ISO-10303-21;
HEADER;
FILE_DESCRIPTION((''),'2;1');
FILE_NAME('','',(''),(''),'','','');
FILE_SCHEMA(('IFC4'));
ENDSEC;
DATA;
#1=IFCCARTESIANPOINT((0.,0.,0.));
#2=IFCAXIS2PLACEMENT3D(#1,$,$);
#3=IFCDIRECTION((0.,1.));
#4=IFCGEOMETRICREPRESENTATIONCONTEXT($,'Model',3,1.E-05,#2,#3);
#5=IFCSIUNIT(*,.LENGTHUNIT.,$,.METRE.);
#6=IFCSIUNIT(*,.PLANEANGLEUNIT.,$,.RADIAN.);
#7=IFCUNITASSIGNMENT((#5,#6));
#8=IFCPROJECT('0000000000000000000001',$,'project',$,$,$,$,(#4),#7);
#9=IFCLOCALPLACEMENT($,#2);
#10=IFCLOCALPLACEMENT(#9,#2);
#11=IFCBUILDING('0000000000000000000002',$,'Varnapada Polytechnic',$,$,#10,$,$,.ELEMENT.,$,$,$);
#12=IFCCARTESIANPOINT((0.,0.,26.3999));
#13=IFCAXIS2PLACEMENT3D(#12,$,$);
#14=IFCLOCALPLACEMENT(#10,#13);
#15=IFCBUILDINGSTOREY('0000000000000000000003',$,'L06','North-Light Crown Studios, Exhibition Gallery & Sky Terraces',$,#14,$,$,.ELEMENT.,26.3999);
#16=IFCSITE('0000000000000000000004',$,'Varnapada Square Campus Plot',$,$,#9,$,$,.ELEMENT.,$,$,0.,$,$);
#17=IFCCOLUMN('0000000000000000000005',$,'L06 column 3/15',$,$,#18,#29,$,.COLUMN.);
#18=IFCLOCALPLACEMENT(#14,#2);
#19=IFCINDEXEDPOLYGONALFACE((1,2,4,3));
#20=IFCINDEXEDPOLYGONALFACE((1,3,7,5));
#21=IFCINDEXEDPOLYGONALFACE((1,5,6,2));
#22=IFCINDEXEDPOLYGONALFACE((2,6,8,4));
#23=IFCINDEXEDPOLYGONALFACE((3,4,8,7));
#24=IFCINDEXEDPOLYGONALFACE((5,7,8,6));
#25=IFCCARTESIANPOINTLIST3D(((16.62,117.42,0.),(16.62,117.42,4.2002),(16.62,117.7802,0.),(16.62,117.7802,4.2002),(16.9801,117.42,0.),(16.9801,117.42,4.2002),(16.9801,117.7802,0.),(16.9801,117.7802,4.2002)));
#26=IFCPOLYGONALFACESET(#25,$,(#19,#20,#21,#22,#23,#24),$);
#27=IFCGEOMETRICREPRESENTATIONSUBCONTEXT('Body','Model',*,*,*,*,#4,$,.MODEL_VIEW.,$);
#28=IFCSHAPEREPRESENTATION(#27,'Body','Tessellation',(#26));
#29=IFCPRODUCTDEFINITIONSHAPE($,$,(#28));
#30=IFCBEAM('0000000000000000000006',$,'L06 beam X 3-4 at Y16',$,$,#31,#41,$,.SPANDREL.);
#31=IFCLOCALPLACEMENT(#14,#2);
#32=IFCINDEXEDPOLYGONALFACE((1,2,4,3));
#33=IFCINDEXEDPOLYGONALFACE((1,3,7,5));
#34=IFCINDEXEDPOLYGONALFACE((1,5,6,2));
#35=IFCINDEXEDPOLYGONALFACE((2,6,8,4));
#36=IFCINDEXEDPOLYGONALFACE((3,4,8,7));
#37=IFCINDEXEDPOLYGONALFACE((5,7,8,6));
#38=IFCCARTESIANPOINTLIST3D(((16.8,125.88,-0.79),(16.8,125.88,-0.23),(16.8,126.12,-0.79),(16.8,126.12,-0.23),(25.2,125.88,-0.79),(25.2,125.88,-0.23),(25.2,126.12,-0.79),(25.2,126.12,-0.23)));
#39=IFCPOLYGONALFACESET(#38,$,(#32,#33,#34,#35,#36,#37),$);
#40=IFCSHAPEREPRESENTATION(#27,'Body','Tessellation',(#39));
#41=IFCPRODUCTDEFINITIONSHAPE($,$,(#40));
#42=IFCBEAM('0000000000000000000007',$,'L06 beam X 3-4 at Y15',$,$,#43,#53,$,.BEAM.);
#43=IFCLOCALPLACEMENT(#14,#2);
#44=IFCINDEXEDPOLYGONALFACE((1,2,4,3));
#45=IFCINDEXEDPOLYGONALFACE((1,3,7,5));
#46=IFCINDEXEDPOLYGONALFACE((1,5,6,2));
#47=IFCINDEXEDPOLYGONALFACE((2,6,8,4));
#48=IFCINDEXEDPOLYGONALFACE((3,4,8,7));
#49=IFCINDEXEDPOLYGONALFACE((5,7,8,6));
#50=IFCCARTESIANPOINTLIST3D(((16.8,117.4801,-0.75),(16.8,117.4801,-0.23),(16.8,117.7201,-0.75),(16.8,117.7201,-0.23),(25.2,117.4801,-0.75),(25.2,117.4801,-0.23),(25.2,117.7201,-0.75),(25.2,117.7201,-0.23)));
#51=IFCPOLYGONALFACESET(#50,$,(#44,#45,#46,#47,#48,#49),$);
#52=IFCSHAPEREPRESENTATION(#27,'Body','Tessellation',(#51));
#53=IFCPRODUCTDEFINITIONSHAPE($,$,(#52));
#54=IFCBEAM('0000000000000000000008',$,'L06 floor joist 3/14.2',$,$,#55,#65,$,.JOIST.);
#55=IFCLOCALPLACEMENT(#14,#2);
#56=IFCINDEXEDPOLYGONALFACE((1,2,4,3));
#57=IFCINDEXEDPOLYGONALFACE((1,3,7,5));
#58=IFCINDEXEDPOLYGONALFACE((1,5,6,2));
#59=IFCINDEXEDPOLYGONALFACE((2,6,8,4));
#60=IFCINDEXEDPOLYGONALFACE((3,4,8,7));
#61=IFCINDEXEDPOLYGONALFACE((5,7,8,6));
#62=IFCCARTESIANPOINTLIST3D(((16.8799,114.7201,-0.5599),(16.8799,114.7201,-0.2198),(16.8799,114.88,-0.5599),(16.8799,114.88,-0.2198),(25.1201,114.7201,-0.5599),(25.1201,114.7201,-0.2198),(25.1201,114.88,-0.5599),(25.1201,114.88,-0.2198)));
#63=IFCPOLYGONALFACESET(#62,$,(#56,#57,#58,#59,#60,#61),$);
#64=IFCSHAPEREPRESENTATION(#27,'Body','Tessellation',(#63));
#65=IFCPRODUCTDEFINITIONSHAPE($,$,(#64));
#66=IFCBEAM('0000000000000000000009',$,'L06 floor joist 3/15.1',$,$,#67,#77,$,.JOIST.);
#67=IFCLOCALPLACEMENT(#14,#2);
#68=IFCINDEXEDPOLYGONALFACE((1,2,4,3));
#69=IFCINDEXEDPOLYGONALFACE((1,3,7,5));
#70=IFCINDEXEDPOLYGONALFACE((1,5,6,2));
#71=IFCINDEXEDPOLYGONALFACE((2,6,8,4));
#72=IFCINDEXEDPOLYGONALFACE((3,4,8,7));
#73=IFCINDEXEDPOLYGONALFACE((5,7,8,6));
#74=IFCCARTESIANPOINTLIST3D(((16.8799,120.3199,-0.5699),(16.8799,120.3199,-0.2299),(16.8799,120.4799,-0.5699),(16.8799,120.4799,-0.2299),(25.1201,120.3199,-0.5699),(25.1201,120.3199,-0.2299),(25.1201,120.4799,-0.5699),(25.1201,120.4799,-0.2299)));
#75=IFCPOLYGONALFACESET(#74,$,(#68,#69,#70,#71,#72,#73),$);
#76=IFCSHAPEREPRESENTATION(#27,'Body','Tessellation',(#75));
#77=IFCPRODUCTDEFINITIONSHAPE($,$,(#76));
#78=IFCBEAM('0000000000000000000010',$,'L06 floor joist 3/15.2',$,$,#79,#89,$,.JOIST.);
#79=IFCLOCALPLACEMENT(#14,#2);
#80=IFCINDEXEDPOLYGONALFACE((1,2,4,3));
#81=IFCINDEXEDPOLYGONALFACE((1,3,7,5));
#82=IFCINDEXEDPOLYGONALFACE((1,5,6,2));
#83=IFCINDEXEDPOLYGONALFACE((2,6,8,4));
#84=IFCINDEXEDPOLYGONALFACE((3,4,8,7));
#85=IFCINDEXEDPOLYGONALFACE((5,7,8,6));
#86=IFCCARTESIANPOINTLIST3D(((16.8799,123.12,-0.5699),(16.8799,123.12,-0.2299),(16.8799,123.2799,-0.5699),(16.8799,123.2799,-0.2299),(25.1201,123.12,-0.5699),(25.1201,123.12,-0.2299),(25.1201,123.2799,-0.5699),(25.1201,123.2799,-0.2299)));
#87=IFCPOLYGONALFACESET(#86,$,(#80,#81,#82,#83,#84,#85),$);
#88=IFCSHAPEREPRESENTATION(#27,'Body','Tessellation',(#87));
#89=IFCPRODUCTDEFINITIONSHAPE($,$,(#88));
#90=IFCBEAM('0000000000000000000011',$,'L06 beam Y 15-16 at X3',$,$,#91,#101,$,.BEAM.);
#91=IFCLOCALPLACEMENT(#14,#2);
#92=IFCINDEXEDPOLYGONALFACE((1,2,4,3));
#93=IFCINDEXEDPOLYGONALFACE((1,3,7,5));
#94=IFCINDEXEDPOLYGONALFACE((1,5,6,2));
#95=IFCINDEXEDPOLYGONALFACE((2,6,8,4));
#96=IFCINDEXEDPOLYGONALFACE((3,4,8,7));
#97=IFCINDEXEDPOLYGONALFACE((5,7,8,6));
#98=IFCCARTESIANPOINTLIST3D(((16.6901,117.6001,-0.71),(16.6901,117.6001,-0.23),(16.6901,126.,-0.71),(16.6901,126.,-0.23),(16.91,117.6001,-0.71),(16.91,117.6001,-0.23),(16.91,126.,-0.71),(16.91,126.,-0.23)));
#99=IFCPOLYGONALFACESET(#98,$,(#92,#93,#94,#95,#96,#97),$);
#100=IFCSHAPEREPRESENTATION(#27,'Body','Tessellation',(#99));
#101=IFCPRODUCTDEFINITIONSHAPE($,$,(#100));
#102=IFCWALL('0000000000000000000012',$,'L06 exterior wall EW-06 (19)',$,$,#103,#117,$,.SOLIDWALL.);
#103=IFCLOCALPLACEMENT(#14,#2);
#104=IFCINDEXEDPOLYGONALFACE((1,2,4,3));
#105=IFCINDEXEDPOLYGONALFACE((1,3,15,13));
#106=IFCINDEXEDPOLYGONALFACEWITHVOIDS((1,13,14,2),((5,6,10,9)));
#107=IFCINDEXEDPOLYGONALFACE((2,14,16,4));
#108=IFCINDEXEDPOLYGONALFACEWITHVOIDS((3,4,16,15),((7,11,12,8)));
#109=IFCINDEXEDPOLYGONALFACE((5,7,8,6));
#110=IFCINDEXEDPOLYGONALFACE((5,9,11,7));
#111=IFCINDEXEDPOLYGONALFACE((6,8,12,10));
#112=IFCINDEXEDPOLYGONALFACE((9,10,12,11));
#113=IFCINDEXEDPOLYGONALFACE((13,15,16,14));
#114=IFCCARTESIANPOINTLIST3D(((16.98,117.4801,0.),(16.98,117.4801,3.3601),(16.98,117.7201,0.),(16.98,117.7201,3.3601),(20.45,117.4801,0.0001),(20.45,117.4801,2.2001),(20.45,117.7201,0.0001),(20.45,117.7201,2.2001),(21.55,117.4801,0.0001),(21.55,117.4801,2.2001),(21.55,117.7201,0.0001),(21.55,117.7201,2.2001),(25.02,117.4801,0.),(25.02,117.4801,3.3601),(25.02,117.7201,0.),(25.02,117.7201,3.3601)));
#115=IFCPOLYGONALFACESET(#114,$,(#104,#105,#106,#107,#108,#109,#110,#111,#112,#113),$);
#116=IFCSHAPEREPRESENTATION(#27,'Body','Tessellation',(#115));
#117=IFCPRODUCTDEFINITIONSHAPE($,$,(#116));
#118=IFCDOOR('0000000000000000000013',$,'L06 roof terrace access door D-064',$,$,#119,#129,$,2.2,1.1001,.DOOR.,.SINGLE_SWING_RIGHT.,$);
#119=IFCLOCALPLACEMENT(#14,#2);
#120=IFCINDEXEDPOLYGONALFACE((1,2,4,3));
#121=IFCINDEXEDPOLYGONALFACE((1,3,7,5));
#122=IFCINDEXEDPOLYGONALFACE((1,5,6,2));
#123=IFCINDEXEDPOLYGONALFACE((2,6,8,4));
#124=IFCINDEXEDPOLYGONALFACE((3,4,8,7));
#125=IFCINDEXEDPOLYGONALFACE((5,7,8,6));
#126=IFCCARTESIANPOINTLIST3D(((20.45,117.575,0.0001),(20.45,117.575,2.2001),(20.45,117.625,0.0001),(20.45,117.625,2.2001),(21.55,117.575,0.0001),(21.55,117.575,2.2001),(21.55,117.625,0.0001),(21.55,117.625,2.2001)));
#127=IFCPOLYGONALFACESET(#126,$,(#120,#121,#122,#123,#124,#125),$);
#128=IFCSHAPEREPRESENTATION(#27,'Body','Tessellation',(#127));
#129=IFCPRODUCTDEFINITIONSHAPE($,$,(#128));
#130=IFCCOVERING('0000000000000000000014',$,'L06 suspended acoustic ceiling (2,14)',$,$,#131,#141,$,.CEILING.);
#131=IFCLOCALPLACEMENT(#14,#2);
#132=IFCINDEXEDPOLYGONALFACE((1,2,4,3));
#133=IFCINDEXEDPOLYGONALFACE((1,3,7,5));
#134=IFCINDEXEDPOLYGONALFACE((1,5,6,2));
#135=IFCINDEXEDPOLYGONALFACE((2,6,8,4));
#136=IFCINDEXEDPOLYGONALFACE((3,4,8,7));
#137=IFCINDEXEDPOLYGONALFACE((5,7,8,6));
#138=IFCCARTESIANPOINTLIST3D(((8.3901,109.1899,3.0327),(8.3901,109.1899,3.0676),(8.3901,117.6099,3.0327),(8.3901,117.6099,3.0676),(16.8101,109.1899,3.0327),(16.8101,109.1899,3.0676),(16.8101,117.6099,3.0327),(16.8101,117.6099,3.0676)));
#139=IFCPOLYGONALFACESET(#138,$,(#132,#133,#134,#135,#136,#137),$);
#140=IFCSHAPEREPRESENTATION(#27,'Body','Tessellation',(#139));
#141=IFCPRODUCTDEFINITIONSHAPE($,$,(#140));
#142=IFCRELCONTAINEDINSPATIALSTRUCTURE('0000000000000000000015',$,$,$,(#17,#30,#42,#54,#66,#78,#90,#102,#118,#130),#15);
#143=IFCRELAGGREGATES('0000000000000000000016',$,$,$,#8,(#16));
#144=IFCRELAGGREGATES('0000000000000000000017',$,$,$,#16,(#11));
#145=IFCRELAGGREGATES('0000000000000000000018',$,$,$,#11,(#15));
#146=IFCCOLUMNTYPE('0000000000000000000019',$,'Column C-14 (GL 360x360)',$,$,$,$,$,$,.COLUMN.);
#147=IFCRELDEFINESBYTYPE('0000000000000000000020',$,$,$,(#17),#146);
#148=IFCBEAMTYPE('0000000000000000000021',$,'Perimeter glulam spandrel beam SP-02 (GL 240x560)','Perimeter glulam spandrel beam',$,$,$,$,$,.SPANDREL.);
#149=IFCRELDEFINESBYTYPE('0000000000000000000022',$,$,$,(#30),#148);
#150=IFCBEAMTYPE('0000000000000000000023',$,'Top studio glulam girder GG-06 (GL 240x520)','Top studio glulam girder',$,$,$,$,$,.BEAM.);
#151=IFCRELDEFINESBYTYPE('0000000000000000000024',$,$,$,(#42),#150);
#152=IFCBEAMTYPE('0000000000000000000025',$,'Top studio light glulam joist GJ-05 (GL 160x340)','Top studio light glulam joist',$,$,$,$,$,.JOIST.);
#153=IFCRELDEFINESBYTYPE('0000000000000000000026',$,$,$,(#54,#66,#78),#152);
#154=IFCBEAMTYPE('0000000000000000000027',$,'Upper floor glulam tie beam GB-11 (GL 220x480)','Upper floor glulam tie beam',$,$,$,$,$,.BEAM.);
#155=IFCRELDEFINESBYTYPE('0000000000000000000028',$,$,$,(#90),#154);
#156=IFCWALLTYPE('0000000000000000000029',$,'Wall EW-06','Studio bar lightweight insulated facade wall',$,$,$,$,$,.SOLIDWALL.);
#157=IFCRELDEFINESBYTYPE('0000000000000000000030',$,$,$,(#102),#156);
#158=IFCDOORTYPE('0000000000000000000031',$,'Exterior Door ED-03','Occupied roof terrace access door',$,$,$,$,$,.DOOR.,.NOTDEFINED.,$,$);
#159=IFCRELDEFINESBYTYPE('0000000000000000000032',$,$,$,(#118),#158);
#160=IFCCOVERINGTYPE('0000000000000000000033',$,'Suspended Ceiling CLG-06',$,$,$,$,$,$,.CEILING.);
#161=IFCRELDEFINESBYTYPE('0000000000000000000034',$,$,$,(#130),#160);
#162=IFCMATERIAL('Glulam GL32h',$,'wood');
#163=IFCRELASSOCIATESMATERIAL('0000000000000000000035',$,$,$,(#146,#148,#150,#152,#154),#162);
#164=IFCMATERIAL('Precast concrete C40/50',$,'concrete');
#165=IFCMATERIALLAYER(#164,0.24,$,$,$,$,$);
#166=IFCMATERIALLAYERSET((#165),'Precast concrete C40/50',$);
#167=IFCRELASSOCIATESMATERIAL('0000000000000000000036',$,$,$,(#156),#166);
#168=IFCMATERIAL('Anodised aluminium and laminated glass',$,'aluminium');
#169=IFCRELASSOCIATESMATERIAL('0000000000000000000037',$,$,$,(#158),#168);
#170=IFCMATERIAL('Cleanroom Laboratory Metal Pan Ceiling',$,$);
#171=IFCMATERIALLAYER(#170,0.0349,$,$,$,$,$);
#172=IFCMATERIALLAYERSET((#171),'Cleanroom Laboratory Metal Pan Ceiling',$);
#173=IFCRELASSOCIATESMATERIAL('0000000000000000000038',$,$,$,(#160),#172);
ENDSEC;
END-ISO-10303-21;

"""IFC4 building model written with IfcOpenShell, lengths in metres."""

from ifc_helpers import new_model, si_unit, direction, frame, frame_2d, origin, origin_2d, place, context, subcontext, project, spatial, rectangle, extrude, material, layer, layer_set, material_profile, profile_set, type_object, element, fill, save


model = new_model("IFC4")

# Units and contexts
model_context = context("Model", 3, precision=1e-05, world=origin(), true_north=direction((0.0, 1.0)))
body_context = subcontext(model_context, "Body", "Model", "MODEL_VIEW")
ifc_project = project(units=[si_unit("LENGTHUNIT", "METRE"), si_unit("PLANEANGLEUNIT", "RADIAN")], contexts=[model_context])

# Site, building, storey
site_placement = place(None, origin())
site = spatial("IfcSite", under=ifc_project, at=site_placement, Name="Varnapada Square Campus Plot", CompositionType="ELEMENT", RefElevation=0.0)
building_placement = place(site_placement, origin())
building = spatial("IfcBuilding", under=site, at=building_placement, Name="Varnapada Polytechnic", CompositionType="ELEMENT")
storey_placement = place(building_placement, frame((0.0, 0.0, 26.3999)))
storey = spatial("IfcBuildingStorey", under=building, at=storey_placement, Name="L06", Description="North-Light Crown Studios, Exhibition Gallery & Sky Terraces", CompositionType="ELEMENT", Elevation=26.3999)

# Column
ifc_material_1 = material(Name="Glulam GL32h", Category="wood")
ifc_material_profile_1 = material_profile(ifc_material_1, rectangle(XDim=0.3601, YDim=0.3601, at=origin_2d()), Name="GL 360x360")
ifc_profile_set_1 = profile_set([ifc_material_profile_1], Name="Glulam GL32h")
column_type = type_object("IfcColumnType", Name="Column C-14 (GL 360x360)", PredefinedType="COLUMN", material=ifc_profile_set_1)
column_placement = place(storey_placement, frame((16.8, 117.6001, 0.0), z_axis=(0.0, 0.0, 1.0), x_axis=(1.0, 0.0, 0.0)))
element("IfcColumn", 1, at=column_placement, inside=storey, type_object=column_type, Name="L06 column 3/15", PredefinedType="COLUMN", context=body_context, shape_type="SweptSolid", body=[
    extrude(rectangle(XDim=0.3601, YDim=0.3601, at=origin_2d()), origin(), (0.0, 0.0, 1.0), 4.2002),
])

# Beams
ifc_material_profile_2 = material_profile(ifc_material_1, rectangle(XDim=0.24, YDim=0.5601, at=origin_2d()), Name="GL 240x560")
ifc_profile_set_2 = profile_set([ifc_material_profile_2], Name="Glulam GL32h")
beam_type_1 = type_object("IfcBeamType", Name="Perimeter glulam spandrel beam SP-02 (GL 240x560)", Description="Perimeter glulam spandrel beam", PredefinedType="SPANDREL", material=ifc_profile_set_2)
beam_1_placement = place(storey_placement, frame((16.8, 126.0, -0.51), z_axis=(1.0, 0.0, 0.0), x_axis=(0.0, 1.0, 0.0)))
element("IfcBeam", 2, at=beam_1_placement, inside=storey, type_object=beam_type_1, Name="L06 beam X 3-4 at Y16", PredefinedType="SPANDREL", context=body_context, shape_type="SweptSolid", body=[
    extrude(rectangle(XDim=0.24, YDim=0.5601, at=origin_2d()), origin(), (0.0, 0.0, 1.0), 8.3999),
])
ifc_material_profile_3 = material_profile(ifc_material_1, rectangle(XDim=0.24, YDim=0.52, at=origin_2d()), Name="GL 240x520")
ifc_profile_set_3 = profile_set([ifc_material_profile_3], Name="Glulam GL32h")
beam_type_2 = type_object("IfcBeamType", Name="Top studio glulam girder GG-06 (GL 240x520)", Description="Top studio glulam girder", PredefinedType="BEAM", material=ifc_profile_set_3)
beam_2_placement = place(storey_placement, frame((16.8, 117.6001, -0.49), z_axis=(1.0, 0.0, 0.0), x_axis=(0.0, 1.0, 0.0)))
element("IfcBeam", 3, at=beam_2_placement, inside=storey, type_object=beam_type_2, Name="L06 beam X 3-4 at Y15", PredefinedType="BEAM", context=body_context, shape_type="SweptSolid", body=[
    extrude(rectangle(XDim=0.24, YDim=0.52, at=origin_2d()), origin(), (0.0, 0.0, 1.0), 8.3999),
])
ifc_material_profile_4 = material_profile(ifc_material_1, rectangle(XDim=0.1599, YDim=0.3401, at=origin_2d()), Name="GL 160x340")
ifc_profile_set_4 = profile_set([ifc_material_profile_4], Name="Glulam GL32h")
beam_type_3 = type_object("IfcBeamType", Name="Top studio light glulam joist GJ-05 (GL 160x340)", Description="Top studio light glulam joist", PredefinedType="JOIST", material=ifc_profile_set_4)
for number, where, z_axis, x_axis, name in (
    (4, (16.8799, 114.8, -0.3899), (1.0, 0.0, 0.0), (0.0, 1.0, 0.0), "L06 floor joist 3/14.2"),
    (5, (16.8799, 120.3999, -0.3999), (1.0, 0.0, 0.0), (0.0, 1.0, 0.0), "L06 floor joist 3/15.1"),
    (6, (16.8799, 123.2, -0.3999), (1.0, 0.0, 0.0), (0.0, 1.0, 0.0), "L06 floor joist 3/15.2"),
):
    element("IfcBeam", number, at=place(storey_placement, frame(where, z_axis=z_axis, x_axis=x_axis)), inside=storey, type_object=beam_type_3, Name=name, PredefinedType="JOIST", context=body_context, shape_type="SweptSolid", body=[
        extrude(rectangle(XDim=0.1599, YDim=0.3401, at=origin_2d()), origin(), (0.0, 0.0, 1.0), 8.2402),
    ])
ifc_material_profile_5 = material_profile(ifc_material_1, rectangle(XDim=0.22, YDim=0.48, at=origin_2d()), Name="GL 220x480")
ifc_profile_set_5 = profile_set([ifc_material_profile_5], Name="Glulam GL32h")
beam_type_4 = type_object("IfcBeamType", Name="Upper floor glulam tie beam GB-11 (GL 220x480)", Description="Upper floor glulam tie beam", PredefinedType="BEAM", material=ifc_profile_set_5)
beam_3_placement = place(storey_placement, frame((16.8, 117.6001, -0.47), z_axis=(0.0, 1.0, 0.0), x_axis=(-1.0, 0.0, 0.0)))
element("IfcBeam", 7, at=beam_3_placement, inside=storey, type_object=beam_type_4, Name="L06 beam Y 15-16 at X3", PredefinedType="BEAM", context=body_context, shape_type="SweptSolid", body=[
    extrude(rectangle(XDim=0.22, YDim=0.48, at=origin_2d()), origin(), (0.0, 0.0, 1.0), 8.3999),
])

# Wall, opening, door
ifc_material_2 = material(Name="Precast concrete C40/50", Category="concrete")
ifc_layer_1 = layer(ifc_material_2, 0.24)
ifc_layer_set_1 = layer_set([ifc_layer_1], Name="Precast concrete C40/50")
wall_type = type_object("IfcWallType", Name="Wall EW-06", Description="Studio bar lightweight insulated facade wall", PredefinedType="SOLIDWALL", material=ifc_layer_set_1)
wall_placement = place(storey_placement, frame((16.98, 117.6001, 0.0), z_axis=(0.0, 0.0, 1.0), x_axis=(1.0, 0.0, 0.0)))
wall = element("IfcWall", 8, at=wall_placement, inside=storey, type_object=wall_type, Name="L06 exterior wall EW-06 (19)", PredefinedType="SOLIDWALL", context=body_context, shape_type="SweptSolid", body=[
    extrude(rectangle(XDim=8.04, YDim=0.24, at=frame_2d((4.02, 0.0))), origin(), (0.0, 0.0, 1.0), 3.3601),
])
opening_placement = place(wall_placement, frame((3.47, 0.0, 0.0)))
opening = element("IfcOpeningElement", 9, at=opening_placement, cuts=wall, PredefinedType="OPENING", context=body_context, shape_type="SweptSolid", body=[
    extrude(rectangle(XDim=1.1001, YDim=2.2, at=frame_2d((0.55, 1.1001))), frame((0.0, 0.1299, 0.0), z_axis=(0.0, -1.0, 0.0), x_axis=(1.0, 0.0, 0.0)), (0.0, 0.0, 1.0), 0.26),
])
ifc_material_3 = material(Name="Anodised aluminium and laminated glass", Category="aluminium")
door_type = type_object("IfcDoorType", Name="Exterior Door ED-03", Description="Occupied roof terrace access door", OperationType="NOTDEFINED", PredefinedType="DOOR", material=ifc_material_3)
door_placement = place(opening_placement, origin())
door = element("IfcDoor", 10, at=door_placement, inside=storey, type_object=door_type, Name="L06 roof terrace access door D-064", OperationType="SINGLE_SWING_RIGHT", OverallHeight=2.2, OverallWidth=1.1001, PredefinedType="DOOR", context=body_context, shape_type="SweptSolid", body=[
    extrude(rectangle(XDim=1.1001, YDim=2.2, at=frame_2d((0.55, 1.1001))), frame((0.0, 0.0249, 0.0), z_axis=(0.0, -1.0, 0.0), x_axis=(1.0, 0.0, 0.0)), (0.0, 0.0, 1.0), 0.05),
])
fill(opening, door)

# Covering
ifc_material_4 = material(Name="Cleanroom Laboratory Metal Pan Ceiling")
ifc_layer_2 = layer(ifc_material_4, 0.0349)
ifc_layer_set_2 = layer_set([ifc_layer_2], Name="Cleanroom Laboratory Metal Pan Ceiling")
covering_type = type_object("IfcCoveringType", Name="Suspended Ceiling CLG-06", PredefinedType="CEILING", material=ifc_layer_set_2)
covering_placement = place(storey_placement, frame((12.6001, 113.3999, 3.0327), z_axis=(0.0, 0.0, 1.0), x_axis=(1.0, 0.0, 0.0)))
element("IfcCovering", 11, at=covering_placement, inside=storey, type_object=covering_type, Name="L06 suspended acoustic ceiling (2,14)", PredefinedType="CEILING", context=body_context, shape_type="SweptSolid", body=[
    extrude(rectangle(XDim=8.4199, YDim=8.4199, at=origin_2d()), origin(), (0.0, 0.0, 1.0), 0.0349),
])

save(model, "model.ifc")
